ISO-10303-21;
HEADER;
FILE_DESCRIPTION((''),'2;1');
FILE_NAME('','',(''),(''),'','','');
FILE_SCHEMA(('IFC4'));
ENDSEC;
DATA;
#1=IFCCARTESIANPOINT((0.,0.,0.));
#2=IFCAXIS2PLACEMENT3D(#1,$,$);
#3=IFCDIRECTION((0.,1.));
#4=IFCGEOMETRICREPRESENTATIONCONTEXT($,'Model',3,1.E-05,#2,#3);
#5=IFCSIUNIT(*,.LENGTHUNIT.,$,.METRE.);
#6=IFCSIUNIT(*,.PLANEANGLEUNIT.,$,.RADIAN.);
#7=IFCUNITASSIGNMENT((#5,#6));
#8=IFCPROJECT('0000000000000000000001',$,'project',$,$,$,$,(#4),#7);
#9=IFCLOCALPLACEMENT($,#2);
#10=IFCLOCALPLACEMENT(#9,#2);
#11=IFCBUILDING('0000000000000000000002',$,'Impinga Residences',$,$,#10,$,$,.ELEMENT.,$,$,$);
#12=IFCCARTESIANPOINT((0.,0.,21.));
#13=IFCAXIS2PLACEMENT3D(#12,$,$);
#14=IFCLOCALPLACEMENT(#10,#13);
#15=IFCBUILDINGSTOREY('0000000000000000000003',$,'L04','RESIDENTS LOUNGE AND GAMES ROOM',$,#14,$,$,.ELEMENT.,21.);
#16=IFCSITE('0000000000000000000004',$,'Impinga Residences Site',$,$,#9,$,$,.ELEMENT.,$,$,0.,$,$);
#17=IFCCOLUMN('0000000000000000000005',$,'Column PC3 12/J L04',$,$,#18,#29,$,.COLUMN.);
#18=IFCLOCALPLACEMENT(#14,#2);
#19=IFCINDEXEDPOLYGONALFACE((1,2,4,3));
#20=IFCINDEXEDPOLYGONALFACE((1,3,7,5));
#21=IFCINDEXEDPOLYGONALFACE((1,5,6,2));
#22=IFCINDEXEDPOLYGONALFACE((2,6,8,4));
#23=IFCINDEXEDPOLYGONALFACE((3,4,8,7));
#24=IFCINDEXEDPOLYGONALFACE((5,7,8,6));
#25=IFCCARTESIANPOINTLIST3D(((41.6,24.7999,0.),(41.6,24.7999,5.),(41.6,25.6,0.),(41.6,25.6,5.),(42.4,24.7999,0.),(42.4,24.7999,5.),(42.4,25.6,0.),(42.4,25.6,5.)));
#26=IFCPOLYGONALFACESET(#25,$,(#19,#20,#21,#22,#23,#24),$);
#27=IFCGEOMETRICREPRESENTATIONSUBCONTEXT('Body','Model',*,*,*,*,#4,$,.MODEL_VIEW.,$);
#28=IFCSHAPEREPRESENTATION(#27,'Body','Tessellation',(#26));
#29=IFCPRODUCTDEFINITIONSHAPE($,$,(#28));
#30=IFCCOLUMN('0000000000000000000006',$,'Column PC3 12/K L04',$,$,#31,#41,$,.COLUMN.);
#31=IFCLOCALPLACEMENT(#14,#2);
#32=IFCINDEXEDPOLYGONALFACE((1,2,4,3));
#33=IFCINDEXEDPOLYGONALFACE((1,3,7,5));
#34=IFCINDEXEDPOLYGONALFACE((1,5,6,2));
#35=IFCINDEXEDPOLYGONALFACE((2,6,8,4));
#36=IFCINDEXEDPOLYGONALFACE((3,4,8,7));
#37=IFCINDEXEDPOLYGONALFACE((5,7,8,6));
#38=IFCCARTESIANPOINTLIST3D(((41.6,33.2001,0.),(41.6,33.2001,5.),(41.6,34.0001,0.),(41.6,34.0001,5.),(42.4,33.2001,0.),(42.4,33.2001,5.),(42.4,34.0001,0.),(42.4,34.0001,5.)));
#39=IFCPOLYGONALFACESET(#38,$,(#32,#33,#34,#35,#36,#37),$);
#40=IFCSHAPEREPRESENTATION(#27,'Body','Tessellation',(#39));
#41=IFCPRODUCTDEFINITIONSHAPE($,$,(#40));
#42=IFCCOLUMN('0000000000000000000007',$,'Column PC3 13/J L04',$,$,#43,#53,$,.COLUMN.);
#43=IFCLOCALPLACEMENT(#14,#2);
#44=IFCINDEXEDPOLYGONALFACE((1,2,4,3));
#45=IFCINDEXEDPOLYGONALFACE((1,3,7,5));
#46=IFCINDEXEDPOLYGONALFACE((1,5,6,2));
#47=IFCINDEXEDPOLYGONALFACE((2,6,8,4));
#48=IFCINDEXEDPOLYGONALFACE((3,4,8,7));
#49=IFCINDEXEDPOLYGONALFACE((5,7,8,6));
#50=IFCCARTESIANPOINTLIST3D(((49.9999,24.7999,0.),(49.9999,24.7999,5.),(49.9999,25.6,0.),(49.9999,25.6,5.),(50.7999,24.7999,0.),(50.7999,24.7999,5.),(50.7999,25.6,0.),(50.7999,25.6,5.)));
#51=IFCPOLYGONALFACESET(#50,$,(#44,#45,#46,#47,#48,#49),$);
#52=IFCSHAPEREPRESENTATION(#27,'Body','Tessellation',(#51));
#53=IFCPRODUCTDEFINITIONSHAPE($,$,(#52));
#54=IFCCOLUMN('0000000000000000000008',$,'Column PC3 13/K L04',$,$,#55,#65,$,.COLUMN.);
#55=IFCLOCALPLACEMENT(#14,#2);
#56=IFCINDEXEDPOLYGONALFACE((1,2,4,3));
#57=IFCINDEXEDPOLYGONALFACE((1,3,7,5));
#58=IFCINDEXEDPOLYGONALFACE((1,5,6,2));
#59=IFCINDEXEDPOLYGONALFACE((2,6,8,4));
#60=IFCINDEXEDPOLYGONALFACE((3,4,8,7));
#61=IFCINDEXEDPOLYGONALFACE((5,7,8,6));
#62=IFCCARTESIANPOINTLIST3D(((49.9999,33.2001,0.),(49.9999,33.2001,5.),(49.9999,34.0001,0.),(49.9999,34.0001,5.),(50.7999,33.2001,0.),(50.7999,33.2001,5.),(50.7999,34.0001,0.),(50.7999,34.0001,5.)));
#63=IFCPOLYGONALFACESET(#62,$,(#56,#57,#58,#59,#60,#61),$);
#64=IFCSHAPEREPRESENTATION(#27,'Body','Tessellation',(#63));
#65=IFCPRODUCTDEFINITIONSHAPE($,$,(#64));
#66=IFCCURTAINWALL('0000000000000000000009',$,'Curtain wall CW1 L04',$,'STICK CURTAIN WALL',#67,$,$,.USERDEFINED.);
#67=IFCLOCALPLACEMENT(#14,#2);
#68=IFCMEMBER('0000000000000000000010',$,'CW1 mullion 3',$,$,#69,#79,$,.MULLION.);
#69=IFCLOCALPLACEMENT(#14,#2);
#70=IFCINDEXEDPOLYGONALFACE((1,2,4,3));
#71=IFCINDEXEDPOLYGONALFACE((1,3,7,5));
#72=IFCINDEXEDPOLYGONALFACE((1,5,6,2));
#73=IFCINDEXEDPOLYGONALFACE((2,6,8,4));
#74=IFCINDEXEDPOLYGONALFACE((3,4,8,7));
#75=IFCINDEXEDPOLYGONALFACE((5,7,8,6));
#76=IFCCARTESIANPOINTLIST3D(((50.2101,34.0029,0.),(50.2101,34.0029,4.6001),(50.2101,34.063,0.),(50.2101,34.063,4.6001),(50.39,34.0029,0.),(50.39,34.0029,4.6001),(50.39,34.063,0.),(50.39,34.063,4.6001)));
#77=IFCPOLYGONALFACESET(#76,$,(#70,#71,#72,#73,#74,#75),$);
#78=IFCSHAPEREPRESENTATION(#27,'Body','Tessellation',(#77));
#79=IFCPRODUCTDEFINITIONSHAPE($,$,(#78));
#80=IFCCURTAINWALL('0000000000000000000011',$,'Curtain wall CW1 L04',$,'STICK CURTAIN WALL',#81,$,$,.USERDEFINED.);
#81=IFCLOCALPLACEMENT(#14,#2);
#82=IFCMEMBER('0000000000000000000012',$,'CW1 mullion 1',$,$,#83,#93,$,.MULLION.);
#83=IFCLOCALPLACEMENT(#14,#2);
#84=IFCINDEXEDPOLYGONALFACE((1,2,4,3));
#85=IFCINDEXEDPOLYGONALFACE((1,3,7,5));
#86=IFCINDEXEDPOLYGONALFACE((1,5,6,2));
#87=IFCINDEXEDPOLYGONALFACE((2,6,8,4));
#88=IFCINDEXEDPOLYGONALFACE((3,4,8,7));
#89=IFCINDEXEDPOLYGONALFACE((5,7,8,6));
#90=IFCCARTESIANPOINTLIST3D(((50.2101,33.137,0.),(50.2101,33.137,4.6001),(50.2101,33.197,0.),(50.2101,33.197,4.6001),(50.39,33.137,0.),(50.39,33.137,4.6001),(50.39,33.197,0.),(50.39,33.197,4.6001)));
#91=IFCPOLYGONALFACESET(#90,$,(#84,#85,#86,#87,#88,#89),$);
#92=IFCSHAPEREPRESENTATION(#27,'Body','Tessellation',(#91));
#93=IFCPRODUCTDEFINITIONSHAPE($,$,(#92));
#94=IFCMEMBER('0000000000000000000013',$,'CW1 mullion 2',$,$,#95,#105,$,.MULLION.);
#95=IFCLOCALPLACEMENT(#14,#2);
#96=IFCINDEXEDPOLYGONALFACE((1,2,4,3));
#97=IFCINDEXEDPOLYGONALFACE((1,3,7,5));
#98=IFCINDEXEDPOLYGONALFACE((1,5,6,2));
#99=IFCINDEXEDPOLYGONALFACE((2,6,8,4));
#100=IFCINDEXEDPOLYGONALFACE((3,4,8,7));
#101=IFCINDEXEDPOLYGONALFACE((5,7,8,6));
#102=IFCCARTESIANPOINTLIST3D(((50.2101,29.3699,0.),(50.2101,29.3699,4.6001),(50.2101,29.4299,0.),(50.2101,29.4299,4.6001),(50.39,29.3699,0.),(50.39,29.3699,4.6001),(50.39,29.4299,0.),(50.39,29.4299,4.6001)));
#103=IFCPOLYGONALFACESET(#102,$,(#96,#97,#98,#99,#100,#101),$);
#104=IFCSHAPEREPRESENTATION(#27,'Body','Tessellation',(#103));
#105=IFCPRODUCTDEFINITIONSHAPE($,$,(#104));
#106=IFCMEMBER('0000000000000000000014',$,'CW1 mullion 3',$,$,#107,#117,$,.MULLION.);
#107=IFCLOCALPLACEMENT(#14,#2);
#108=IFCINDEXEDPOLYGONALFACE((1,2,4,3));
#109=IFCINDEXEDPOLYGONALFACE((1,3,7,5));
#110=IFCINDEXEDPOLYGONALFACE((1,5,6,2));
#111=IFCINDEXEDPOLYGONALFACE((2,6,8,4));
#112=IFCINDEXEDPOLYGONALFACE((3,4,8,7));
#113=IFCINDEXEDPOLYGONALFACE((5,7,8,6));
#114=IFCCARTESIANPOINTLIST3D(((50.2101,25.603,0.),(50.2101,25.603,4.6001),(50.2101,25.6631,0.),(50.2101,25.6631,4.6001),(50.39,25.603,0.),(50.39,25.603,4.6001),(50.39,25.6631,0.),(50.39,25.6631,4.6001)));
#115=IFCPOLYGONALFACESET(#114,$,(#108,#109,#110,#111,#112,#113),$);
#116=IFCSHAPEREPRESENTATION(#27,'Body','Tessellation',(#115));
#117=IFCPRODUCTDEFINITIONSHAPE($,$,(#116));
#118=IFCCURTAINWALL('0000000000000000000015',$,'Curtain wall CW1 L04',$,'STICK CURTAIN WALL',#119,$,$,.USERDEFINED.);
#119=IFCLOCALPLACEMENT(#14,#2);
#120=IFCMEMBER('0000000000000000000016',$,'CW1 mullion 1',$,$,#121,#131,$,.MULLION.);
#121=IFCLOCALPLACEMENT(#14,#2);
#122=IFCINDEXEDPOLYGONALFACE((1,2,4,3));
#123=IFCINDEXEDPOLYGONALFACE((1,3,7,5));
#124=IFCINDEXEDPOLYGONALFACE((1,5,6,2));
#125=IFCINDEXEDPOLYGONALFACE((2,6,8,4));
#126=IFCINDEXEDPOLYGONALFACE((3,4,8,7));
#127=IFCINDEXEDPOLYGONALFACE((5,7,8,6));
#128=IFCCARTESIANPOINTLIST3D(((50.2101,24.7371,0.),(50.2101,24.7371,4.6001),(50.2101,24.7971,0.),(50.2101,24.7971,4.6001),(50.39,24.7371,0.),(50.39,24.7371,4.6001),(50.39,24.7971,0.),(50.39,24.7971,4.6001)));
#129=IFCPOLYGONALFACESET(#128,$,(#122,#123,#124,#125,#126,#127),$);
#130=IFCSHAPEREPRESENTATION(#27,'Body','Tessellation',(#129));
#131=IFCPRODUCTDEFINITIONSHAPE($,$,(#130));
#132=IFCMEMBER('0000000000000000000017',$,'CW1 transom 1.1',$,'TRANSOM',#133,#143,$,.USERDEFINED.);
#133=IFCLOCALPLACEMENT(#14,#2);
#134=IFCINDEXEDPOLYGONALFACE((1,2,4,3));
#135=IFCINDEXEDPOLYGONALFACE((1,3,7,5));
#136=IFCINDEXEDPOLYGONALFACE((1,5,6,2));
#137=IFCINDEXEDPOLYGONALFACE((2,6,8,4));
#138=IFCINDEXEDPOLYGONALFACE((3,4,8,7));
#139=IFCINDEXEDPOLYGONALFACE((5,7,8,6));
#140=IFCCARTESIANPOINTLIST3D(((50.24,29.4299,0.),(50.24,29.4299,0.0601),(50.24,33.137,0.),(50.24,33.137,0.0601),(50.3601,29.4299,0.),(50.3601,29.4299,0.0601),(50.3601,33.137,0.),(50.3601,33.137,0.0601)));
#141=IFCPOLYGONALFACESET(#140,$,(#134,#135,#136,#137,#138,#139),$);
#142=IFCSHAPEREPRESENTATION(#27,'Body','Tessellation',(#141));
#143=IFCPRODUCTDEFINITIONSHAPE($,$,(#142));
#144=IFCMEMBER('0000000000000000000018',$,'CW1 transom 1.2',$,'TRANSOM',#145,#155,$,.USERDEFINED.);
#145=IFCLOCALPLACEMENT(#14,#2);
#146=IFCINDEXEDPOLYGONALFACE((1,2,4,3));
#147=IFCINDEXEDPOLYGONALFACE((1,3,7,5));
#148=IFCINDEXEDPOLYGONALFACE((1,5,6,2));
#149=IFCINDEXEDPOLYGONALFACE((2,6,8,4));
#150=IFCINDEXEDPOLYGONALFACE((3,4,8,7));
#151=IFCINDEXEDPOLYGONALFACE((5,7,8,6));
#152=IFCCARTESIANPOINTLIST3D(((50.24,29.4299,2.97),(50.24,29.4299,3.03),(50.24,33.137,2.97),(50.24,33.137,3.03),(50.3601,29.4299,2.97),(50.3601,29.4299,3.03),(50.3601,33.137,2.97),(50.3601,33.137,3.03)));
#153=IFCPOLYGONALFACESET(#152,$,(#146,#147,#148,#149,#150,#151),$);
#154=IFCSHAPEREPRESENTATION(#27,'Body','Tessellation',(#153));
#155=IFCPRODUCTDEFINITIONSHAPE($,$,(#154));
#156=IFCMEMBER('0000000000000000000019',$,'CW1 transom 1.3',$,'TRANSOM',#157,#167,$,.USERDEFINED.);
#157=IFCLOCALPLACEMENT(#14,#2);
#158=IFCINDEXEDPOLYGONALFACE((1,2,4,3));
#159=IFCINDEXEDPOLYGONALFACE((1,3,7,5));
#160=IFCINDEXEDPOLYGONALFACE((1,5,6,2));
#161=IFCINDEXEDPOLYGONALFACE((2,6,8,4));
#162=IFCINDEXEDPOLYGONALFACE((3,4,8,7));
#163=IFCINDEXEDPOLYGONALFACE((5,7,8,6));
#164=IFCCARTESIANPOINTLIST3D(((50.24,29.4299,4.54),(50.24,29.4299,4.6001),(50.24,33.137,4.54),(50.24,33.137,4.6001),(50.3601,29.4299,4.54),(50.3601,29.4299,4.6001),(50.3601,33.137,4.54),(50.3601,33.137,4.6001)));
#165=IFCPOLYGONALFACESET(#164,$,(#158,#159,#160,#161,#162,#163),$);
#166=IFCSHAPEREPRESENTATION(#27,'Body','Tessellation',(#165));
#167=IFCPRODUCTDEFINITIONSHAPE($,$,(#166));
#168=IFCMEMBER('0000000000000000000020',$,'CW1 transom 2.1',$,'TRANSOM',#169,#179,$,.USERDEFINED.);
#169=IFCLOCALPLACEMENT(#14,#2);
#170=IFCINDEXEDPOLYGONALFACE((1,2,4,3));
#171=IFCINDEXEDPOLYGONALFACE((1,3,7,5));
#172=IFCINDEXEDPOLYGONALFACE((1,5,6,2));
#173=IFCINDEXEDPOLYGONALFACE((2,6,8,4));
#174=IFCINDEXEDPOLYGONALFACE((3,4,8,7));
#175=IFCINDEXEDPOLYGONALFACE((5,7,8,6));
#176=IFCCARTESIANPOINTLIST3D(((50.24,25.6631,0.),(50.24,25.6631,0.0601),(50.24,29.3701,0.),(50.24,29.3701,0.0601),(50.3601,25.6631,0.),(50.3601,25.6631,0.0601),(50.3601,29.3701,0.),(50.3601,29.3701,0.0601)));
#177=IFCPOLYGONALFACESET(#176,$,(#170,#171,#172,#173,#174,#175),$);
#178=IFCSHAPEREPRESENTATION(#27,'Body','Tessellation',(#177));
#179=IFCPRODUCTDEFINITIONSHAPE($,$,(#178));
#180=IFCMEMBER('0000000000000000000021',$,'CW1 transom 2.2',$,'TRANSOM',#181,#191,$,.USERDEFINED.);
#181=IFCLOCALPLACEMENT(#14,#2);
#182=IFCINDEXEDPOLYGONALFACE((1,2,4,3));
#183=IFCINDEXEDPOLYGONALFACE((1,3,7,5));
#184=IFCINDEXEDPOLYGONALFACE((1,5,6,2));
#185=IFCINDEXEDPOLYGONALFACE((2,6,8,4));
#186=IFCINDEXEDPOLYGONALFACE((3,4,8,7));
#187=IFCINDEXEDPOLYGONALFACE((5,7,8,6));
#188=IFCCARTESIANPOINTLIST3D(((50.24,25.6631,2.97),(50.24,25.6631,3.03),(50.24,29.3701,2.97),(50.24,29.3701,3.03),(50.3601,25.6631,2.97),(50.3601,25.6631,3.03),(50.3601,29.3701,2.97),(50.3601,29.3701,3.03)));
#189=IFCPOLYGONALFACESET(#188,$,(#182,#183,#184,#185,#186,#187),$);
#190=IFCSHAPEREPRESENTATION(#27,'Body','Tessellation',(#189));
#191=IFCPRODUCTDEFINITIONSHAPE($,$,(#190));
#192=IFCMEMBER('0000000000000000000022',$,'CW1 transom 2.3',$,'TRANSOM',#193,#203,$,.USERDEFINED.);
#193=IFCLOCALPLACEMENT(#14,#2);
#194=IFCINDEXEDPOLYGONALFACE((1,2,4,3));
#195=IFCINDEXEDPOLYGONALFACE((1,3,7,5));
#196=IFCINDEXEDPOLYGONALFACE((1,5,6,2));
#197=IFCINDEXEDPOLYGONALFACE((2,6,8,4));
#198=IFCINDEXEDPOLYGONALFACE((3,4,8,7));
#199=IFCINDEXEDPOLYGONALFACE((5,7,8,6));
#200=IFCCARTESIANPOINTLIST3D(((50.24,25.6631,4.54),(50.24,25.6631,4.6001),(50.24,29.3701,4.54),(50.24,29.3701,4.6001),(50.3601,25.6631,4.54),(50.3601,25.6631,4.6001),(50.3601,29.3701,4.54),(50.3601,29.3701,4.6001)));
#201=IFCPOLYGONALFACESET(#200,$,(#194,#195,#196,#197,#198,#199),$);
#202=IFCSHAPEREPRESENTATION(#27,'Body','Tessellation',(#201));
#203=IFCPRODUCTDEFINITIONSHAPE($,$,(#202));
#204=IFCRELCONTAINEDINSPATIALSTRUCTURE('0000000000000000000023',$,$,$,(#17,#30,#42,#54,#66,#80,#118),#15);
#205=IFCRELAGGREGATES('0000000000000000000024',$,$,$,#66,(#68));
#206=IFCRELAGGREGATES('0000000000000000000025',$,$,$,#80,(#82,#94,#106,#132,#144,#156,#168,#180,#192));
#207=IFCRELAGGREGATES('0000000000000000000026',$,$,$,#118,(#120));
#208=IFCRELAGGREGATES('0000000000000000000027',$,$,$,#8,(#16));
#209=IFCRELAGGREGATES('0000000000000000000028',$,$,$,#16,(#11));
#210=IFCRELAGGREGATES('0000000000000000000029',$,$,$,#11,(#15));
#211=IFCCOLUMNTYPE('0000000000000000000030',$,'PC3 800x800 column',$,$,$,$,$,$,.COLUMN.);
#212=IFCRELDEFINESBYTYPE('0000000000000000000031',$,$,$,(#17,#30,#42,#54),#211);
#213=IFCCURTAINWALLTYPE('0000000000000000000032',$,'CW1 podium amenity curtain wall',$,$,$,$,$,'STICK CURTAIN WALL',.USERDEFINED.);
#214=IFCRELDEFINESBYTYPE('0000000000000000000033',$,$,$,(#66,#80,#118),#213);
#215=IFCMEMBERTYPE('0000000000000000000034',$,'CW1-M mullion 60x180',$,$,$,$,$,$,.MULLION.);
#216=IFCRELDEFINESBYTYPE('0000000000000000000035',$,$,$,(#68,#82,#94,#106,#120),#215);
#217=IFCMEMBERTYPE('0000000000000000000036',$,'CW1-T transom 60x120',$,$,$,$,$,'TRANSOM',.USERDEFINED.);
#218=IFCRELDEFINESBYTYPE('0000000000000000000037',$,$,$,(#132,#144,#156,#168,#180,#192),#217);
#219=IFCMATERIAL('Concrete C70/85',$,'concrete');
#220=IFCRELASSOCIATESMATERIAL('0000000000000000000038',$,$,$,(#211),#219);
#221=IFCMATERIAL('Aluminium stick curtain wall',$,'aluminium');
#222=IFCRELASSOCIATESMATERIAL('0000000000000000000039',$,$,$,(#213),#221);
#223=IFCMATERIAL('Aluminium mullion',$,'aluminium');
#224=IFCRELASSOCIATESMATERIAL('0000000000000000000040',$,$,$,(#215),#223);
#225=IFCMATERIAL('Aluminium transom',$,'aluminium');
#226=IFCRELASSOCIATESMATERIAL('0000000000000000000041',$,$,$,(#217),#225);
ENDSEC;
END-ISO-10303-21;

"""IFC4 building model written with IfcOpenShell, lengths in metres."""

from ifc_helpers import new_model, si_unit, direction, frame, origin, origin_2d, place, context, subcontext, project, spatial, rectangle, extrude, material, material_profile, profile_set, type_object, element, aggregate, save


model = new_model("IFC4")

# Units and contexts
model_context = context("Model", 3, precision=1e-05, world=origin(), true_north=direction((0.0, 1.0)))
body_context = subcontext(model_context, "Body", "Model", "MODEL_VIEW")
ifc_project = project(units=[si_unit("LENGTHUNIT", "METRE"), si_unit("PLANEANGLEUNIT", "RADIAN")], contexts=[model_context])

# Site, building, storey
site_placement = place(None, origin())
site = spatial("IfcSite", under=ifc_project, at=site_placement, Name="Impinga Residences Site", CompositionType="ELEMENT", RefElevation=0.0)
building_placement = place(site_placement, origin())
building = spatial("IfcBuilding", under=site, at=building_placement, Name="Impinga Residences", CompositionType="ELEMENT")
storey_placement = place(building_placement, frame((0.0, 0.0, 21.0)))
storey = spatial("IfcBuildingStorey", under=building, at=storey_placement, Name="L04", Description="RESIDENTS LOUNGE AND GAMES ROOM", CompositionType="ELEMENT", Elevation=21.0)

# Columns
ifc_material_1 = material(Name="Concrete C70/85", Category="concrete")
ifc_material_profile_1 = material_profile(ifc_material_1, rectangle(XDim=0.8, YDim=0.8, at=origin_2d()), Name="RC 800x800")
ifc_profile_set_1 = profile_set([ifc_material_profile_1], Name="Concrete C70/85")
column_type = type_object("IfcColumnType", Name="PC3 800x800 column", PredefinedType="COLUMN", material=ifc_profile_set_1)
for number, where, z_axis, x_axis, name in (
    (1, (42.0, 25.2, 0.0), (0.0, 0.0, 1.0), (1.0, 0.0, 0.0), "Column PC3 12/J L04"),
    (2, (42.0, 33.6001, 0.0), (0.0, 0.0, 1.0), (1.0, 0.0, 0.0), "Column PC3 12/K L04"),
    (3, (50.3999, 25.2, 0.0), (0.0, 0.0, 1.0), (1.0, 0.0, 0.0), "Column PC3 13/J L04"),
    (4, (50.3999, 33.6001, 0.0), (0.0, 0.0, 1.0), (1.0, 0.0, 0.0), "Column PC3 13/K L04"),
):
    element("IfcColumn", number, at=place(storey_placement, frame(where, z_axis=z_axis, x_axis=x_axis)), inside=storey, type_object=column_type, Name=name, PredefinedType="COLUMN", context=body_context, shape_type="SweptSolid", body=[
        extrude(rectangle(XDim=0.8, YDim=0.8, at=origin_2d()), origin(), (0.0, 0.0, 1.0), 5.0),
    ])

# Curtain wall, member
ifc_material_2 = material(Name="Aluminium stick curtain wall", Category="aluminium")
curtain_wall_type = type_object("IfcCurtainWallType", Name="CW1 podium amenity curtain wall", ElementType="STICK CURTAIN WALL", PredefinedType="USERDEFINED", material=ifc_material_2)
curtain_wall_1_placement = place(storey_placement, origin())
curtain_wall_1 = element("IfcCurtainWall", 5, at=curtain_wall_1_placement, inside=storey, type_object=curtain_wall_type, Name="Curtain wall CW1 L04", ObjectType="STICK CURTAIN WALL", PredefinedType="USERDEFINED")
ifc_material_3 = material(Name="Aluminium mullion", Category="aluminium")
ifc_material_profile_2 = material_profile(ifc_material_3, rectangle(XDim=0.0601, YDim=0.1799, at=origin_2d()), Name="60x180 mullion")
ifc_profile_set_2 = profile_set([ifc_material_profile_2], Name="Aluminium mullion")
member_type_1 = type_object("IfcMemberType", Name="CW1-M mullion 60x180", PredefinedType="MULLION", material=ifc_profile_set_2)
member_1_placement = place(storey_placement, frame((50.3, 34.033, 0.0), z_axis=(0.0, 0.0, 1.0), x_axis=(0.0, -1.0, 0.0)))
member_1 = element("IfcMember", 6, at=member_1_placement, type_object=member_type_1, Name="CW1 mullion 3", PredefinedType="MULLION", context=body_context, shape_type="SweptSolid", body=[
    extrude(rectangle(XDim=0.0601, YDim=0.1799, at=origin_2d()), origin(), (0.0, 0.0, 1.0), 4.6001),
])

# Curtain wall, members
curtain_wall_2_placement = place(storey_placement, origin())
curtain_wall_2 = element("IfcCurtainWall", 7, at=curtain_wall_2_placement, inside=storey, type_object=curtain_wall_type, Name="Curtain wall CW1 L04", ObjectType="STICK CURTAIN WALL", PredefinedType="USERDEFINED")
member_2_placement = place(storey_placement, frame((50.3, 33.167, 0.0), z_axis=(0.0, 0.0, 1.0), x_axis=(0.0, -1.0, 0.0)))
member_2 = element("IfcMember", 8, at=member_2_placement, type_object=member_type_1, Name="CW1 mullion 1", PredefinedType="MULLION", context=body_context, shape_type="SweptSolid", body=[
    extrude(rectangle(XDim=0.0601, YDim=0.1799, at=origin_2d()), origin(), (0.0, 0.0, 1.0), 4.6001),
])
member_3_placement = place(storey_placement, frame((50.3, 29.3999, 0.0), z_axis=(0.0, 0.0, 1.0), x_axis=(0.0, -1.0, 0.0)))
member_3 = element("IfcMember", 9, at=member_3_placement, type_object=member_type_1, Name="CW1 mullion 2", PredefinedType="MULLION", context=body_context, shape_type="SweptSolid", body=[
    extrude(rectangle(XDim=0.0601, YDim=0.1799, at=origin_2d()), origin(), (0.0, 0.0, 1.0), 4.6001),
])
member_4_placement = place(storey_placement, frame((50.3, 25.6331, 0.0), z_axis=(0.0, 0.0, 1.0), x_axis=(0.0, -1.0, 0.0)))
member_4 = element("IfcMember", 10, at=member_4_placement, type_object=member_type_1, Name="CW1 mullion 3", PredefinedType="MULLION", context=body_context, shape_type="SweptSolid", body=[
    extrude(rectangle(XDim=0.0601, YDim=0.1799, at=origin_2d()), origin(), (0.0, 0.0, 1.0), 4.6001),
])

# Curtain wall, member
curtain_wall_3_placement = place(storey_placement, origin())
curtain_wall_3 = element("IfcCurtainWall", 11, at=curtain_wall_3_placement, inside=storey, type_object=curtain_wall_type, Name="Curtain wall CW1 L04", ObjectType="STICK CURTAIN WALL", PredefinedType="USERDEFINED")
member_5_placement = place(storey_placement, frame((50.3, 24.7671, 0.0), z_axis=(0.0, 0.0, 1.0), x_axis=(0.0, -1.0, 0.0)))
member_5 = element("IfcMember", 12, at=member_5_placement, type_object=member_type_1, Name="CW1 mullion 1", PredefinedType="MULLION", context=body_context, shape_type="SweptSolid", body=[
    extrude(rectangle(XDim=0.0601, YDim=0.1799, at=origin_2d()), origin(), (0.0, 0.0, 1.0), 4.6001),
])

# Members
ifc_material_4 = material(Name="Aluminium transom", Category="aluminium")
ifc_material_profile_3 = material_profile(ifc_material_4, rectangle(XDim=0.0601, YDim=0.1201, at=origin_2d()), Name="60x120 transom")
ifc_profile_set_3 = profile_set([ifc_material_profile_3], Name="Aluminium transom")
member_type_2 = type_object("IfcMemberType", Name="CW1-T transom 60x120", ElementType="TRANSOM", PredefinedType="USERDEFINED", material=ifc_profile_set_3)
member_6_placement = place(storey_placement, frame((50.3, 33.137, 0.03), z_axis=(0.0, -1.0, 0.0), x_axis=(0.0, 0.0, 1.0)))
member_6 = element("IfcMember", 13, at=member_6_placement, type_object=member_type_2, Name="CW1 transom 1.1", ObjectType="TRANSOM", PredefinedType="USERDEFINED", context=body_context, shape_type="SweptSolid", body=[
    extrude(rectangle(XDim=0.0601, YDim=0.1201, at=origin_2d()), origin(), (0.0, 0.0, 1.0), 3.707),
])
member_7_placement = place(storey_placement, frame((50.3, 33.137, 3.0), z_axis=(0.0, -1.0, 0.0), x_axis=(0.0, 0.0, 1.0)))
member_7 = element("IfcMember", 14, at=member_7_placement, type_object=member_type_2, Name="CW1 transom 1.2", ObjectType="TRANSOM", PredefinedType="USERDEFINED", context=body_context, shape_type="SweptSolid", body=[
    extrude(rectangle(XDim=0.0601, YDim=0.1201, at=origin_2d()), origin(), (0.0, 0.0, 1.0), 3.707),
])
member_8_placement = place(storey_placement, frame((50.3, 33.137, 4.5701), z_axis=(0.0, -1.0, 0.0), x_axis=(0.0, 0.0, 1.0)))
member_8 = element("IfcMember", 15, at=member_8_placement, type_object=member_type_2, Name="CW1 transom 1.3", ObjectType="TRANSOM", PredefinedType="USERDEFINED", context=body_context, shape_type="SweptSolid", body=[
    extrude(rectangle(XDim=0.0601, YDim=0.1201, at=origin_2d()), origin(), (0.0, 0.0, 1.0), 3.707),
])
member_9_placement = place(storey_placement, frame((50.3, 29.3701, 0.03), z_axis=(0.0, -1.0, 0.0), x_axis=(0.0, 0.0, 1.0)))
member_9 = element("IfcMember", 16, at=member_9_placement, type_object=member_type_2, Name="CW1 transom 2.1", ObjectType="TRANSOM", PredefinedType="USERDEFINED", context=body_context, shape_type="SweptSolid", body=[
    extrude(rectangle(XDim=0.0601, YDim=0.1201, at=origin_2d()), origin(), (0.0, 0.0, 1.0), 3.707),
])
member_10_placement = place(storey_placement, frame((50.3, 29.3701, 3.0), z_axis=(0.0, -1.0, 0.0), x_axis=(0.0, 0.0, 1.0)))
member_10 = element("IfcMember", 17, at=member_10_placement, type_object=member_type_2, Name="CW1 transom 2.2", ObjectType="TRANSOM", PredefinedType="USERDEFINED", context=body_context, shape_type="SweptSolid", body=[
    extrude(rectangle(XDim=0.0601, YDim=0.1201, at=origin_2d()), origin(), (0.0, 0.0, 1.0), 3.707),
])
member_11_placement = place(storey_placement, frame((50.3, 29.3701, 4.5701), z_axis=(0.0, -1.0, 0.0), x_axis=(0.0, 0.0, 1.0)))
member_11 = element("IfcMember", 18, at=member_11_placement, type_object=member_type_2, Name="CW1 transom 2.3", ObjectType="TRANSOM", PredefinedType="USERDEFINED", context=body_context, shape_type="SweptSolid", body=[
    extrude(rectangle(XDim=0.0601, YDim=0.1201, at=origin_2d()), origin(), (0.0, 0.0, 1.0), 3.707),
])

aggregate(curtain_wall_1, [member_1])
aggregate(curtain_wall_2, [member_2, member_3, member_4, member_6, member_7, member_8, member_9, member_10, member_11])
aggregate(curtain_wall_3, [member_5])

save(model, "model.ifc")
